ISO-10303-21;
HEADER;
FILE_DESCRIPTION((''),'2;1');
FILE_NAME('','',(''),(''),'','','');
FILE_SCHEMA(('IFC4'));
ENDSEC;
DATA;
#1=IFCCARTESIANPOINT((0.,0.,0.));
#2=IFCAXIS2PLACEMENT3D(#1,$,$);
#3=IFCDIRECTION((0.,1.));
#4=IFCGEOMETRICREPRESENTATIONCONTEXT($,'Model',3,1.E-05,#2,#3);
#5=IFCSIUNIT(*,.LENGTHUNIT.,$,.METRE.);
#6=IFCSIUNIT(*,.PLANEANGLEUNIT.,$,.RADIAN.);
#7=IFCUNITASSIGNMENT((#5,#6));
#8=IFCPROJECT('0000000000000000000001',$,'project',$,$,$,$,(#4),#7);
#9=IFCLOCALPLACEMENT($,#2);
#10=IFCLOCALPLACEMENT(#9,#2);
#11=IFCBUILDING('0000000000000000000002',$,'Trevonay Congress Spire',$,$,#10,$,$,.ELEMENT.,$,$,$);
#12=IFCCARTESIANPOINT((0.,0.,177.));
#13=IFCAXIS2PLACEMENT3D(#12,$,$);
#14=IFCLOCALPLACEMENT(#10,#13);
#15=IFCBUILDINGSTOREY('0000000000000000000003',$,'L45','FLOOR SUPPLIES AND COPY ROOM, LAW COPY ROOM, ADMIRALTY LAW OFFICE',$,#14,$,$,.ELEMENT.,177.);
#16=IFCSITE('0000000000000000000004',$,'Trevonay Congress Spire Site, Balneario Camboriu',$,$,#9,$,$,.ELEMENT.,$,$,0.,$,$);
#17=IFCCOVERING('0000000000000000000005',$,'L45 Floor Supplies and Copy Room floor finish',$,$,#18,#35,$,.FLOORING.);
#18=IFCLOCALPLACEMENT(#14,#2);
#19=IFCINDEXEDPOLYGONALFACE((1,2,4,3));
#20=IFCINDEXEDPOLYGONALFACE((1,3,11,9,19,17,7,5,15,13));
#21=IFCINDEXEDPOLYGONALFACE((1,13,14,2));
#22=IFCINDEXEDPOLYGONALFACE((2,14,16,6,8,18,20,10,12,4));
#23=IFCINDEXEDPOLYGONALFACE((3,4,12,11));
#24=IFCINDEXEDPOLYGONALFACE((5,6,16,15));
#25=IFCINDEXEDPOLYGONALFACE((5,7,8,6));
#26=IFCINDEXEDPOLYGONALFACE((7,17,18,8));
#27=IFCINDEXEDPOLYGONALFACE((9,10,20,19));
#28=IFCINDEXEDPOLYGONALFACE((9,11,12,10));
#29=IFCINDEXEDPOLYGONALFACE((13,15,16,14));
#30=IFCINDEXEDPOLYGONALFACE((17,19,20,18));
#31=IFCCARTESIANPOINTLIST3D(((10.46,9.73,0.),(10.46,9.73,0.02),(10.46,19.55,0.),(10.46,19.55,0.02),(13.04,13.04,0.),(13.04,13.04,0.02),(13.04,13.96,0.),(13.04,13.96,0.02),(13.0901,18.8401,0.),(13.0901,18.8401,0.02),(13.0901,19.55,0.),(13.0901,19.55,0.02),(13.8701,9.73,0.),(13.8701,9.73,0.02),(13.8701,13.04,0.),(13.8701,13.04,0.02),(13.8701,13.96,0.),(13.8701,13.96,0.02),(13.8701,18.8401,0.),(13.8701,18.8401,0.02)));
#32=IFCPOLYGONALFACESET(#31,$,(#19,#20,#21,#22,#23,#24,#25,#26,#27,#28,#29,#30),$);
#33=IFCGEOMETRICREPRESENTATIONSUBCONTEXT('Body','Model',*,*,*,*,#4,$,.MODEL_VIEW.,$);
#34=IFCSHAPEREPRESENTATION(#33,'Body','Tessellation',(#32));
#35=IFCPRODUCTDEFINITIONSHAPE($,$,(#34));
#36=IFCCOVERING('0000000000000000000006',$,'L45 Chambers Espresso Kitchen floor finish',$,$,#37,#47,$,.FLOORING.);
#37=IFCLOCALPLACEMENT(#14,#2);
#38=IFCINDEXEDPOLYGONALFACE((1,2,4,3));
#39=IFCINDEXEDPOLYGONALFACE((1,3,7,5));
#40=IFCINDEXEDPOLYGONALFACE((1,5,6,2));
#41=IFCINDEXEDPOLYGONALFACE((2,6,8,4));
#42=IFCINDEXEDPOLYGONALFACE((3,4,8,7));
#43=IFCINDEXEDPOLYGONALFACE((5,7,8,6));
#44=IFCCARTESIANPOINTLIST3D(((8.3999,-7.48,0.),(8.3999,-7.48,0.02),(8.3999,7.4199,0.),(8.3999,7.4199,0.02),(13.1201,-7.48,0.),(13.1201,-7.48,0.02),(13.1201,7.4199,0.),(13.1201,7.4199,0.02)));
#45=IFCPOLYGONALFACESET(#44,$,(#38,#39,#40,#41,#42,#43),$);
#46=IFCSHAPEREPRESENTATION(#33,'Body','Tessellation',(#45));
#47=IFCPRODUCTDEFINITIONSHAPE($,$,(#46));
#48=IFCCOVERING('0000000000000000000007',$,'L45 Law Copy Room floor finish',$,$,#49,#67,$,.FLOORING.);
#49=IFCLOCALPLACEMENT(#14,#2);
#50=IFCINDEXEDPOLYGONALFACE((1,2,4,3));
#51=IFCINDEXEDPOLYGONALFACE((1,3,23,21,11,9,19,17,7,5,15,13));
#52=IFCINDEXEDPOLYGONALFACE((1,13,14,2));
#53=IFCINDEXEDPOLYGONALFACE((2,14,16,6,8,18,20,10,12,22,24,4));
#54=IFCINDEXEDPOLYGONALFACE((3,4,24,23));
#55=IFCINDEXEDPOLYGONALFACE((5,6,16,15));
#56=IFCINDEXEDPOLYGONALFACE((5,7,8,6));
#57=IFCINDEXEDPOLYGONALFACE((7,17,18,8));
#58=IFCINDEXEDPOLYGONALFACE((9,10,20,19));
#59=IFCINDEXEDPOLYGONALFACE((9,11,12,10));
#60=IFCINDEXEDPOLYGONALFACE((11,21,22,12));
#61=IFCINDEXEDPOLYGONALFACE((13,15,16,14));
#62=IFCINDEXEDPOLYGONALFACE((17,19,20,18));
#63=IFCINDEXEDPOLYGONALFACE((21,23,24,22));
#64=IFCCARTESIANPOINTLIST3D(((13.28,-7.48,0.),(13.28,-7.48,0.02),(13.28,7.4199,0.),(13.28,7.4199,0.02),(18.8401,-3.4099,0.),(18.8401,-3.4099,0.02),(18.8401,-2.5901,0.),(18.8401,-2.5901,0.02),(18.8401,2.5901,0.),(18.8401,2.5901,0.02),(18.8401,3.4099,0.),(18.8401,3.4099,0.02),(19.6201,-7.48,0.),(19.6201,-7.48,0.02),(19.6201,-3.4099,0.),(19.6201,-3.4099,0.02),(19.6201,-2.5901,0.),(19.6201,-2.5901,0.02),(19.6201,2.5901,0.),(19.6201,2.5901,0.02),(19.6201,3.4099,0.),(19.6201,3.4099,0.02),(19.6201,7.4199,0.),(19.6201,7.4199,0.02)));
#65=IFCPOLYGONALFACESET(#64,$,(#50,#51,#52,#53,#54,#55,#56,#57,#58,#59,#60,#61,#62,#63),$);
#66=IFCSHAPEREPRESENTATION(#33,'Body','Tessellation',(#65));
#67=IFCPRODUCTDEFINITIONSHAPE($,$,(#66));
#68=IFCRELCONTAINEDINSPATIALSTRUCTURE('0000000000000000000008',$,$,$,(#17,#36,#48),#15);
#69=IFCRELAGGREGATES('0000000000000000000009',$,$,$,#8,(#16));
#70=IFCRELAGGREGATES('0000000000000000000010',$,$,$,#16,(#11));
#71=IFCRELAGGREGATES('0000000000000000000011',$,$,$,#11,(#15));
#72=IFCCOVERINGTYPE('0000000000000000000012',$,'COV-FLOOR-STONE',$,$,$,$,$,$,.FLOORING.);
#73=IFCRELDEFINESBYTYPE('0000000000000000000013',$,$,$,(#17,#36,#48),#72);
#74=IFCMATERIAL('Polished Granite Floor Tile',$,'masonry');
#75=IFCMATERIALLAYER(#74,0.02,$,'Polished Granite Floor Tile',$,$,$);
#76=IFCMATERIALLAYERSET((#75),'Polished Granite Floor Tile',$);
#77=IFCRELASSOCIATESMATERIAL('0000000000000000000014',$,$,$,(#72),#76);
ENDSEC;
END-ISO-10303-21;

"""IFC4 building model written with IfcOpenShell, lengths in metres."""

from ifc_helpers import new_model, si_unit, direction, frame, origin, place, context, subcontext, project, spatial, polyline, outline, extrude, material, layer, layer_set, type_object, element, save


model = new_model("IFC4")

# Units and contexts
model_context = context("Model", 3, precision=1e-05, world=origin(), true_north=direction((0.0, 1.0)))
body_context = subcontext(model_context, "Body", "Model", "MODEL_VIEW")
ifc_project = project(units=[si_unit("LENGTHUNIT", "METRE"), si_unit("PLANEANGLEUNIT", "RADIAN")], contexts=[model_context])

# Site, building, storey
site_placement = place(None, origin())
site = spatial("IfcSite", under=ifc_project, at=site_placement, Name="Trevonay Congress Spire Site, Balneario Camboriu", CompositionType="ELEMENT", RefElevation=0.0)
building_placement = place(site_placement, origin())
building = spatial("IfcBuilding", under=site, at=building_placement, Name="Trevonay Congress Spire", CompositionType="ELEMENT")
storey_placement = place(building_placement, frame((0.0, 0.0, 177.0)))
storey = spatial("IfcBuildingStorey", under=building, at=storey_placement, Name="L45", Description="FLOOR SUPPLIES AND COPY ROOM, LAW COPY ROOM, ADMIRALTY LAW OFFICE", CompositionType="ELEMENT", Elevation=177.0)

# Coverings
ifc_material_1 = material(Name="Polished Granite Floor Tile", Category="masonry")
ifc_layer_1 = layer(ifc_material_1, 0.02, Name="Polished Granite Floor Tile")
ifc_layer_set_1 = layer_set([ifc_layer_1], Name="Polished Granite Floor Tile")
covering_type_1 = type_object("IfcCoveringType", Name="COV-FLOOR-STONE", PredefinedType="FLOORING", material=ifc_layer_set_1)
covering_1_placement = place(storey_placement, origin())
element("IfcCovering", 1, at=covering_1_placement, inside=storey, type_object=covering_type_1, Name="L45 Floor Supplies and Copy Room floor finish", PredefinedType="FLOORING", context=body_context, shape_type="SweptSolid", body=[
    extrude(outline(polyline([(13.8701, 9.73), (10.46, 9.73), (10.46, 19.55), (13.0901, 19.55), (13.0901, 18.8401), (13.8701, 18.8401), (13.8701, 13.96), (13.04, 13.96), (13.04, 13.04), (13.8701, 13.04), (13.8701, 9.73)])), origin(), (0.0, 0.0, 1.0), 0.02),
])
covering_2_placement = place(storey_placement, origin())
element("IfcCovering", 2, at=covering_2_placement, inside=storey, type_object=covering_type_1, Name="L45 Chambers Espresso Kitchen floor finish", PredefinedType="FLOORING", context=body_context, shape_type="SweptSolid", body=[
    extrude(outline(polyline([(8.3999, -7.48), (13.1201, -7.48), (13.1201, 7.4199), (8.3999, 7.4199), (8.3999, -7.48)])), origin(), (0.0, 0.0, 1.0), 0.02),
])
covering_3_placement = place(storey_placement, origin())
element("IfcCovering", 3, at=covering_3_placement, inside=storey, type_object=covering_type_1, Name="L45 Law Copy Room floor finish", PredefinedType="FLOORING", context=body_context, shape_type="SweptSolid", body=[
    extrude(outline(polyline([(19.6201, -7.48), (13.28, -7.48), (13.28, 7.4199), (19.6201, 7.4199), (19.6201, 3.4099), (18.8401, 3.4099), (18.8401, 2.5901), (19.6201, 2.5901), (19.6201, -2.5901), (18.8401, -2.5901), (18.8401, -3.4099), (19.6201, -3.4099), (19.6201, -7.48)])), origin(), (0.0, 0.0, 1.0), 0.02),
])

save(model, "model.ifc")
